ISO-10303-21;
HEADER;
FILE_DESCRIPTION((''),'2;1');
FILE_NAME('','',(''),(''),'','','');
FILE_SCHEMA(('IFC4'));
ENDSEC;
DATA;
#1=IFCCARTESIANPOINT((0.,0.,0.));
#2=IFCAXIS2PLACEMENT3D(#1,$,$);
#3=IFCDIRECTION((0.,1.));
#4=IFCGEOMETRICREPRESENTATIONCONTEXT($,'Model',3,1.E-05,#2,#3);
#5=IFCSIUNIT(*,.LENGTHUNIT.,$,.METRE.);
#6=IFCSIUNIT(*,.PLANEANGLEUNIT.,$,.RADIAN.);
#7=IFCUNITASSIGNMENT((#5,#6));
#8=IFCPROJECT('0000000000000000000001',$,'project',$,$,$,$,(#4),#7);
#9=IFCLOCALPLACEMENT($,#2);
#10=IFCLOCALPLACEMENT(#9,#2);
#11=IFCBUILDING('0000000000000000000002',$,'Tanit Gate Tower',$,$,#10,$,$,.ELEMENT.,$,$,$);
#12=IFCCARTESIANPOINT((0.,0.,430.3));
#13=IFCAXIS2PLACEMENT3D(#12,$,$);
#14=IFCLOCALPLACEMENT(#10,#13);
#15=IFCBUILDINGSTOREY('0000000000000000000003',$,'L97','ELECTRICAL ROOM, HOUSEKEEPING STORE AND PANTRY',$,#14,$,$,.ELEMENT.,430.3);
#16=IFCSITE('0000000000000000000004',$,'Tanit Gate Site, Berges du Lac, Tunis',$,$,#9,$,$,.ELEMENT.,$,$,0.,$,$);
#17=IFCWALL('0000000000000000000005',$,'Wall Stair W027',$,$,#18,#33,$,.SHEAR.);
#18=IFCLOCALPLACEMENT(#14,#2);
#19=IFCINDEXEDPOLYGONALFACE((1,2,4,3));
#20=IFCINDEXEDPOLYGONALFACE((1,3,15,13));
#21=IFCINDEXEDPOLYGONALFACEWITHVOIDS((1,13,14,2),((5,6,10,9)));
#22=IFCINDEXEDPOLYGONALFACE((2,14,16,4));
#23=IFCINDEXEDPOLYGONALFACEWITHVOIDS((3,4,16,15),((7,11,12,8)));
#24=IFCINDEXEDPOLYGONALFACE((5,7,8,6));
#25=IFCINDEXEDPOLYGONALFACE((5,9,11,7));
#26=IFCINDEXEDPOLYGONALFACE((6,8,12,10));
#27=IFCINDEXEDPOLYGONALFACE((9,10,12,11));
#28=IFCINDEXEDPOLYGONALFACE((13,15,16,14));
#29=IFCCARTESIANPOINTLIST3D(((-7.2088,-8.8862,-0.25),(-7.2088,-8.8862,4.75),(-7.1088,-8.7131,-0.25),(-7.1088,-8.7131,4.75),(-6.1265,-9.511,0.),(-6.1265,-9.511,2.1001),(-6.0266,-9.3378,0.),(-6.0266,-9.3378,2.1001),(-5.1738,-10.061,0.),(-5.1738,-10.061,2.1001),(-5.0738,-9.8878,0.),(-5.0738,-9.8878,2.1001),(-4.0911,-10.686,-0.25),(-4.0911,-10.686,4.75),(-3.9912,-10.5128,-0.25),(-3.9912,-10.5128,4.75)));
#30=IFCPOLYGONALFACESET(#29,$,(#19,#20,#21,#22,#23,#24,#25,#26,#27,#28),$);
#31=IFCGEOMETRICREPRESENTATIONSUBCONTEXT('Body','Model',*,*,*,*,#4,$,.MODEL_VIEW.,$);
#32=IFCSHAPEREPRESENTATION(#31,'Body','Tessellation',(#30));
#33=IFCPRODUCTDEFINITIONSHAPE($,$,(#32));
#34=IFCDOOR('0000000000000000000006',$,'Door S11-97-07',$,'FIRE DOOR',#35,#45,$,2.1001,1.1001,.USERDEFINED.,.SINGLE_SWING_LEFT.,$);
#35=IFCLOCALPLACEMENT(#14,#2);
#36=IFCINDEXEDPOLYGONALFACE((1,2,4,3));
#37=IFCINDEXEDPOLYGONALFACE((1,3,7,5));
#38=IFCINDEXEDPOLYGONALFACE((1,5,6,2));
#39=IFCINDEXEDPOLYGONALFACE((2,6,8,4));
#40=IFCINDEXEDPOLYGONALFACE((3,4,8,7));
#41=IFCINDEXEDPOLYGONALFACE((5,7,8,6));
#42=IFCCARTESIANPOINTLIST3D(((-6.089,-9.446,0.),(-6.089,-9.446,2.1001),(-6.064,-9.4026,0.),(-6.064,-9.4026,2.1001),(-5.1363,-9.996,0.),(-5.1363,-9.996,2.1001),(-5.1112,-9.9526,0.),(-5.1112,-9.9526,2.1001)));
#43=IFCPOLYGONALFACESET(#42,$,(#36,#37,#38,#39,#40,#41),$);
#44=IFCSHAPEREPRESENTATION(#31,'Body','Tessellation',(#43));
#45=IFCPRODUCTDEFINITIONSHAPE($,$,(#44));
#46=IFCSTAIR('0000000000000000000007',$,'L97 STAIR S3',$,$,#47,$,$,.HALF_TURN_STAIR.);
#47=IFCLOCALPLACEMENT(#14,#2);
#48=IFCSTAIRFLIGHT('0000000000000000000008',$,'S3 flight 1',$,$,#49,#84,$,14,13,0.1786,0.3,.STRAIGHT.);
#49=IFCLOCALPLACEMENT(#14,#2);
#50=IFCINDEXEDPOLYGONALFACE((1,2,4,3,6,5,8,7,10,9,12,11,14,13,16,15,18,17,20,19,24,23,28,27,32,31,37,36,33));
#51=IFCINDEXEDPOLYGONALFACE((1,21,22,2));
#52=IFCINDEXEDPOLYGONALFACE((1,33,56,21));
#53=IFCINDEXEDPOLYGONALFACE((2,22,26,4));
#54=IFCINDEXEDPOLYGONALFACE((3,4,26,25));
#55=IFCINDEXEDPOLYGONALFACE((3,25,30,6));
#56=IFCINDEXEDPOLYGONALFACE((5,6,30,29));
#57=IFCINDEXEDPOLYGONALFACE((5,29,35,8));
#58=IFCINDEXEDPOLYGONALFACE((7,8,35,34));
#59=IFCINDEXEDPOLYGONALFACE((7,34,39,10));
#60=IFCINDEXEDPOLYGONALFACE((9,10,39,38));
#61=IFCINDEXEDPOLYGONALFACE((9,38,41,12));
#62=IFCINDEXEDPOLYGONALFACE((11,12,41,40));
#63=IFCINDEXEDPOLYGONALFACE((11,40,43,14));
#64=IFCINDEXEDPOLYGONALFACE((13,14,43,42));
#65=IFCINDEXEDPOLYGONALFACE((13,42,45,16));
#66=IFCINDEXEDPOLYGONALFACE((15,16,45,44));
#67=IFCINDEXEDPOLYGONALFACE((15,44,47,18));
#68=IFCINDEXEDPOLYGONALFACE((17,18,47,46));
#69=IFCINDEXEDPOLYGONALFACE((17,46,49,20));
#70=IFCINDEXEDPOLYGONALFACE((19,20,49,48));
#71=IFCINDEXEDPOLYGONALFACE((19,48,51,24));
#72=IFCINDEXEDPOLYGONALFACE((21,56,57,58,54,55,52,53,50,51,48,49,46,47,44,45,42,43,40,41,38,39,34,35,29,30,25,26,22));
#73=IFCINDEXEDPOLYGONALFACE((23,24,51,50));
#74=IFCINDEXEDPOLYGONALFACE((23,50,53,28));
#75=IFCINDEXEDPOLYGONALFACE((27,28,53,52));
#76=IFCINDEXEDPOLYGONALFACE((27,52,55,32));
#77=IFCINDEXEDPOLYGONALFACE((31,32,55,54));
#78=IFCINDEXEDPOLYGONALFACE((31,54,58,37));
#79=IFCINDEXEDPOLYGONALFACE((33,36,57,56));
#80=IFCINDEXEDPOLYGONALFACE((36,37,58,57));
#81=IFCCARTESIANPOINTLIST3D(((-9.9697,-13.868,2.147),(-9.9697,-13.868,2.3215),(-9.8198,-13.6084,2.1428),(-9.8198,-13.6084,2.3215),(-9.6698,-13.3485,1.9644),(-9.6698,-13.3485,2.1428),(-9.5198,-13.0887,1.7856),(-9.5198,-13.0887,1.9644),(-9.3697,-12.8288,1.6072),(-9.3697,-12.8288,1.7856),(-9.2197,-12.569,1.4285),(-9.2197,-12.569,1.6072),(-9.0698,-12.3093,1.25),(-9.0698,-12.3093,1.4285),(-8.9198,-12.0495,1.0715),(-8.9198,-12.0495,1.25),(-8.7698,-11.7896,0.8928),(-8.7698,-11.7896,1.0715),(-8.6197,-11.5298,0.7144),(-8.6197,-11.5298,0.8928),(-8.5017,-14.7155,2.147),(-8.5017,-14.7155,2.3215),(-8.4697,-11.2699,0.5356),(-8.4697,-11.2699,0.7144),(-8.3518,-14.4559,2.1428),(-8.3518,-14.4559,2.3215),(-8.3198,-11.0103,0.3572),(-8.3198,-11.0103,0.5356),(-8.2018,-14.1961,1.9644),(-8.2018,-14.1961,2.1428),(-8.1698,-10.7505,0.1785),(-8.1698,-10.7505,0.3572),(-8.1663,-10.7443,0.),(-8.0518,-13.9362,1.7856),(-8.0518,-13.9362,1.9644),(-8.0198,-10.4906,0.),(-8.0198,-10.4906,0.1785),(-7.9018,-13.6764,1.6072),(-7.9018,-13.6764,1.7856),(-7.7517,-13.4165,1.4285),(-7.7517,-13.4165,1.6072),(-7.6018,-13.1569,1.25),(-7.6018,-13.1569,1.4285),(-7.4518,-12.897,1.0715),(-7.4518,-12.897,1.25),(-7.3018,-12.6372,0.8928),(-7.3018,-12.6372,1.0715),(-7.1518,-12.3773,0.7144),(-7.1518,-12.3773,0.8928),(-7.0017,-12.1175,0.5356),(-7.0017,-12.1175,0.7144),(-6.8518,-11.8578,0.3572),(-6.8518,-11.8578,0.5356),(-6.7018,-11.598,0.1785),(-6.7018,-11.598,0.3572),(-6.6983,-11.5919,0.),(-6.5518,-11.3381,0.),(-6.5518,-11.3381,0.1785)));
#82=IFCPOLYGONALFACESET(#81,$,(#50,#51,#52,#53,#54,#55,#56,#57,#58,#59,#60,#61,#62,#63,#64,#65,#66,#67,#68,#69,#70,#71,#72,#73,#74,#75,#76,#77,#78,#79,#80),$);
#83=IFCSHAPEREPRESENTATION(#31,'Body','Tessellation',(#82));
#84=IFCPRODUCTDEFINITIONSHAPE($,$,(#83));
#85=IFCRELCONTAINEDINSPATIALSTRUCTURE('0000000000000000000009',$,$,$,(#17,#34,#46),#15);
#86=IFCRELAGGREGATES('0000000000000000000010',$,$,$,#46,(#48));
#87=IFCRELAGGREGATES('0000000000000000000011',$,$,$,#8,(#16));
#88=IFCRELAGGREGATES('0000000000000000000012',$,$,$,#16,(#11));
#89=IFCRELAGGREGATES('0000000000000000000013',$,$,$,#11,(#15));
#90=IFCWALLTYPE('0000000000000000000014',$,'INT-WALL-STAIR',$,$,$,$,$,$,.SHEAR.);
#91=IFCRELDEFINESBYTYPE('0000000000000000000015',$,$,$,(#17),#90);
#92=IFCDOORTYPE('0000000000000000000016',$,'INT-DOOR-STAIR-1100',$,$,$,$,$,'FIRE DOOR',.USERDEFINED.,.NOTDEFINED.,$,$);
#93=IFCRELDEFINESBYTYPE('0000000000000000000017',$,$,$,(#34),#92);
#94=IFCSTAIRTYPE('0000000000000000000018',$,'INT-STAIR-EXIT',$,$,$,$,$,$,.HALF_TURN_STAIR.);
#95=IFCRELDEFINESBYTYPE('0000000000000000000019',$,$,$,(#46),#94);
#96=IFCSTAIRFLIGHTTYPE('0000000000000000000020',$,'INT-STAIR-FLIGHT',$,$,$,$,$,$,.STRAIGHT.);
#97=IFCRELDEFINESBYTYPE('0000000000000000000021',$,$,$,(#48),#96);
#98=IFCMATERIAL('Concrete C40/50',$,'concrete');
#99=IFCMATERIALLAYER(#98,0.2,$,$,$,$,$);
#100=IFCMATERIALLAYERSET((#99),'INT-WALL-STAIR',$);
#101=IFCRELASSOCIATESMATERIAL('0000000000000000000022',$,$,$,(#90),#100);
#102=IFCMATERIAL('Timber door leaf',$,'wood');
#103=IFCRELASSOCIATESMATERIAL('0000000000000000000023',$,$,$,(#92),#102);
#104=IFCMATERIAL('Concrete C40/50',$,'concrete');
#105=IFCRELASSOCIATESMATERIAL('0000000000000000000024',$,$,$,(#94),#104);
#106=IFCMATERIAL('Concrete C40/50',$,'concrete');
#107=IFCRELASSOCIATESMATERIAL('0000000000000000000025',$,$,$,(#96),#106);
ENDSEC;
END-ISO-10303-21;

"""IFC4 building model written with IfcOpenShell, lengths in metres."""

from ifc_helpers import new_model, si_unit, direction, frame, frame_2d, origin, place, context, subcontext, project, spatial, polyline, rectangle, outline, extrude, material, layer, layer_set, type_object, element, fill, aggregate, save


model = new_model("IFC4")

# Units and contexts
model_context = context("Model", 3, precision=1e-05, world=origin(), true_north=direction((0.0, 1.0)))
body_context = subcontext(model_context, "Body", "Model", "MODEL_VIEW")
ifc_project = project(units=[si_unit("LENGTHUNIT", "METRE"), si_unit("PLANEANGLEUNIT", "RADIAN")], contexts=[model_context])

# Site, building, storey
site_placement = place(None, origin())
site = spatial("IfcSite", under=ifc_project, at=site_placement, Name="Tanit Gate Site, Berges du Lac, Tunis", CompositionType="ELEMENT", RefElevation=0.0)
building_placement = place(site_placement, origin())
building = spatial("IfcBuilding", under=site, at=building_placement, Name="Tanit Gate Tower", CompositionType="ELEMENT")
storey_placement = place(building_placement, frame((0.0, 0.0, 430.3)))
storey = spatial("IfcBuildingStorey", under=building, at=storey_placement, Name="L97", Description="ELECTRICAL ROOM, HOUSEKEEPING STORE AND PANTRY", CompositionType="ELEMENT", Elevation=430.3)

# Shared definitions
ifc_material_1 = material(Name="Concrete C40/50", Category="concrete")
ifc_layer_1 = layer(ifc_material_1, 0.2)
ifc_layer_set_1 = layer_set([ifc_layer_1], Name="INT-WALL-STAIR")
wall_type_1 = type_object("IfcWallType", Name="INT-WALL-STAIR", PredefinedType="SHEAR", material=ifc_layer_set_1)

# Wall, opening, door
wall_1_placement = place(storey_placement, frame((-4.0413, -10.5994, -0.25), z_axis=(0.0, 0.0, 1.0), x_axis=(-0.866048, 0.499961, 0.0)))
wall_1 = element("IfcWall", 1, at=wall_1_placement, inside=storey, type_object=wall_type_1, Name="Wall Stair W027", PredefinedType="SHEAR", context=body_context, shape_type="SweptSolid", body=[
    extrude(rectangle(XDim=3.5999, YDim=0.2, at=frame_2d((1.7998, 0.0))), origin(), (0.0, 0.0, 1.0), 5.0),
])
opening_1_placement = place(wall_1_placement, frame((1.25, 0.0, 0.25)))
opening_1 = element("IfcOpeningElement", 2, at=opening_1_placement, cuts=wall_1, PredefinedType="OPENING", context=body_context, shape_type="SweptSolid", body=[
    extrude(rectangle(XDim=1.1001, YDim=2.1001, at=frame_2d((0.55, 1.05))), frame((0.0, 0.1099, 0.0), z_axis=(0.0, -1.0, 0.0), x_axis=(1.0, 0.0, 0.0)), (0.0, 0.0, 1.0), 0.22),
])
ifc_material_2 = material(Name="Timber door leaf", Category="wood")
door_type_1 = type_object("IfcDoorType", Name="INT-DOOR-STAIR-1100", ElementType="FIRE DOOR", OperationType="NOTDEFINED", PredefinedType="USERDEFINED", material=ifc_material_2)
door_1_placement = place(opening_1_placement, origin())
door_1 = element("IfcDoor", 3, at=door_1_placement, inside=storey, type_object=door_type_1, Name="Door S11-97-07", ObjectType="FIRE DOOR", OperationType="SINGLE_SWING_LEFT", OverallHeight=2.1001, OverallWidth=1.1001, PredefinedType="USERDEFINED", context=body_context, shape_type="SweptSolid", body=[
    extrude(rectangle(XDim=1.1001, YDim=2.1001, at=frame_2d((0.55, 1.05))), frame((0.0, 0.0249, 0.0), z_axis=(0.0, -1.0, 0.0), x_axis=(1.0, 0.0, 0.0)), (0.0, 0.0, 1.0), 0.05),
])
fill(opening_1, door_1)

# Stair, stair flight
ifc_material_3 = material(Name="Concrete C40/50", Category="concrete")
stair_type = type_object("IfcStairType", Name="INT-STAIR-EXIT", PredefinedType="HALF_TURN_STAIR", material=ifc_material_3)
stair_placement = place(storey_placement, origin())
stair = element("IfcStair", 4, at=stair_placement, inside=storey, type_object=stair_type, Name="L97 STAIR S3", PredefinedType="HALF_TURN_STAIR")
ifc_material_4 = material(Name="Concrete C40/50", Category="concrete")
stair_flight_type = type_object("IfcStairFlightType", Name="INT-STAIR-FLIGHT", PredefinedType="STRAIGHT", material=ifc_material_4)
stair_flight_placement = place(storey_placement, frame((-7.2859, -10.9143, 0.0), z_axis=(0.0, 0.0, 1.0), x_axis=(-0.5, -0.866025, 0.0)))
stair_flight = element("IfcStairFlight", 5, at=stair_flight_placement, type_object=stair_flight_type, Name="S3 flight 1", NumberOfRisers=14, NumberOfTreads=13, PredefinedType="STRAIGHT", RiserHeight=0.1786, TreadLength=0.3, context=body_context, shape_type="SweptSolid", body=[
    extrude(outline(polyline([(0.0, 0.0), (0.0, 0.1785), (0.3, 0.1785), (0.3, 0.3572), (0.6001, 0.3572), (0.6001, 0.5356), (0.8999, 0.5356), (0.8999, 0.7144), (1.2, 0.7144), (1.2, 0.8928), (1.5, 0.8928), (1.5, 1.0715), (1.8, 1.0715), (1.8, 1.25), (2.1001, 1.25), (2.1001, 1.4285), (2.3999, 1.4285), (2.3999, 1.6072), (2.7, 1.6072), (2.7, 1.7856), (3.0, 1.7856), (3.0, 1.9644), (3.3, 1.9644), (3.3, 2.1428), (3.6001, 2.1428), (3.6001, 2.3215), (3.8999, 2.3215), (3.8999, 2.5), (3.8999, 2.147), (0.293, 0.0), (0.0, 0.0)])), frame((0.0, 0.8477, 0.0), z_axis=(0.0, -1.0, 0.0), x_axis=(1.0, 0.0, 0.0)), (0.0, 0.0, 1.0), 1.6951),
])
aggregate(stair, [stair_flight])

save(model, "model.ifc")
